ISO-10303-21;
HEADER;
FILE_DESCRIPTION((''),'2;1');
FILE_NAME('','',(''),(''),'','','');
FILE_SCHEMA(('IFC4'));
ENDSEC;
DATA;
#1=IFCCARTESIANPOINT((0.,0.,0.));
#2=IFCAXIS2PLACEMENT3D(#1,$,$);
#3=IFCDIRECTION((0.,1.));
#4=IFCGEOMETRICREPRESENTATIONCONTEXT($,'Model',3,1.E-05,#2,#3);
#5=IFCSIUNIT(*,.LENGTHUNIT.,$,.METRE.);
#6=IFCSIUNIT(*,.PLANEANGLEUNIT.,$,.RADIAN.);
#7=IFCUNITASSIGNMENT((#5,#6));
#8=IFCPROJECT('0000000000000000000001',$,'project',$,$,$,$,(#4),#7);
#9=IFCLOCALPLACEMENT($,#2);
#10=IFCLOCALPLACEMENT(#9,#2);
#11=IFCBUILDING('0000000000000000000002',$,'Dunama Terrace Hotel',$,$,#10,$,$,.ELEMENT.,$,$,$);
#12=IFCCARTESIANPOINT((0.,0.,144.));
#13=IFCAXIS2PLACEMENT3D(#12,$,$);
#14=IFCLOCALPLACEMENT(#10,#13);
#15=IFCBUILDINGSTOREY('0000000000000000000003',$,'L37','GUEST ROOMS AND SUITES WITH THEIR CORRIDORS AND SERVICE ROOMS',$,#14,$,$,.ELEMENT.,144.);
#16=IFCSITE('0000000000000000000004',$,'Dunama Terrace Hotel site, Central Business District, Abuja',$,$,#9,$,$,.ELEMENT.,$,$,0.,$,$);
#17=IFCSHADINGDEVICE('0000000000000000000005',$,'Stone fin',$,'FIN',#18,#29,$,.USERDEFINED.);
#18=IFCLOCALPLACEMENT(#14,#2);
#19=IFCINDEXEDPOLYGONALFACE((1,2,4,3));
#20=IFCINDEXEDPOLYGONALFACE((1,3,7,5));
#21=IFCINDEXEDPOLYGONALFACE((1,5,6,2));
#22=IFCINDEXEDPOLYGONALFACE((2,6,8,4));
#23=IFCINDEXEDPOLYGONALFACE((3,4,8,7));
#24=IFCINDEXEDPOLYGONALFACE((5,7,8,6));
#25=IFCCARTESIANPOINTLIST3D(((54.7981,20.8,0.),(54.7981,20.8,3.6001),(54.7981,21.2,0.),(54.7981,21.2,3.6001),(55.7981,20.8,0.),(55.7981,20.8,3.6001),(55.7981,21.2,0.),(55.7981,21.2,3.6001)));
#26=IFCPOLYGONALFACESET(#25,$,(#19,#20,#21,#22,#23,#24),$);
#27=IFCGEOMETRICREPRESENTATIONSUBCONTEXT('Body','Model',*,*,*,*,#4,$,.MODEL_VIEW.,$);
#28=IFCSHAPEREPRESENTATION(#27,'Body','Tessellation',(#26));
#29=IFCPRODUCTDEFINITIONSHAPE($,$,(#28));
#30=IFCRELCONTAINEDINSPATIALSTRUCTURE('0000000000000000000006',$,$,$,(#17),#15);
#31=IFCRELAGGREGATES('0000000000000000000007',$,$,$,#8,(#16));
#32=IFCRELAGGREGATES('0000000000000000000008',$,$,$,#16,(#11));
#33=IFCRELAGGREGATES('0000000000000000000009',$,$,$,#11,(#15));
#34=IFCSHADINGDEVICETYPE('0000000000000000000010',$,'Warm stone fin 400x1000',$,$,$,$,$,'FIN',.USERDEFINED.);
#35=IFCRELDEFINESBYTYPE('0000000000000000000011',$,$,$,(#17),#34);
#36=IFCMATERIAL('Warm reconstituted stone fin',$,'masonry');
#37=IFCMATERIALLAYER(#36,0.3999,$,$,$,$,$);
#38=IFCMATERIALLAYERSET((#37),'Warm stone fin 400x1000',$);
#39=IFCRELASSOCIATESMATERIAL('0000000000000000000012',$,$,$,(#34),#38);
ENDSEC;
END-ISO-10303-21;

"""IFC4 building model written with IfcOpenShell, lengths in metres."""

from ifc_helpers import new_model, si_unit, direction, frame, origin, origin_2d, place, context, subcontext, project, spatial, rectangle, extrude, material, layer, layer_set, type_object, element, save


model = new_model("IFC4")

# Units and contexts
model_context = context("Model", 3, precision=1e-05, world=origin(), true_north=direction((0.0, 1.0)))
body_context = subcontext(model_context, "Body", "Model", "MODEL_VIEW")
ifc_project = project(units=[si_unit("LENGTHUNIT", "METRE"), si_unit("PLANEANGLEUNIT", "RADIAN")], contexts=[model_context])

# Site, building, storey
site_placement = place(None, origin())
site = spatial("IfcSite", under=ifc_project, at=site_placement, Name="Dunama Terrace Hotel site, Central Business District, Abuja", CompositionType="ELEMENT", RefElevation=0.0)
building_placement = place(site_placement, origin())
building = spatial("IfcBuilding", under=site, at=building_placement, Name="Dunama Terrace Hotel", CompositionType="ELEMENT")
storey_placement = place(building_placement, frame((0.0, 0.0, 144.0)))
storey = spatial("IfcBuildingStorey", under=building, at=storey_placement, Name="L37", Description="GUEST ROOMS AND SUITES WITH THEIR CORRIDORS AND SERVICE ROOMS", CompositionType="ELEMENT", Elevation=144.0)

# Shading device
ifc_material_1 = material(Name="Warm reconstituted stone fin", Category="masonry")
ifc_layer_1 = layer(ifc_material_1, 0.3999)
ifc_layer_set_1 = layer_set([ifc_layer_1], Name="Warm stone fin 400x1000")
shading_device_type = type_object("IfcShadingDeviceType", Name="Warm stone fin 400x1000", ElementType="FIN", PredefinedType="USERDEFINED", material=ifc_layer_set_1)
shading_device_placement = place(storey_placement, frame((55.2981, 21.0, 0.0), z_axis=(0.0, 0.0, 1.0), x_axis=(0.0, 1.0, 0.0)))
element("IfcShadingDevice", 1, at=shading_device_placement, inside=storey, type_object=shading_device_type, Name="Stone fin", ObjectType="FIN", PredefinedType="USERDEFINED", context=body_context, shape_type="SweptSolid", body=[
    extrude(rectangle(XDim=0.3999, YDim=1.0, at=origin_2d()), origin(), (0.0, 0.0, 1.0), 3.6001),
])

save(model, "model.ifc")
